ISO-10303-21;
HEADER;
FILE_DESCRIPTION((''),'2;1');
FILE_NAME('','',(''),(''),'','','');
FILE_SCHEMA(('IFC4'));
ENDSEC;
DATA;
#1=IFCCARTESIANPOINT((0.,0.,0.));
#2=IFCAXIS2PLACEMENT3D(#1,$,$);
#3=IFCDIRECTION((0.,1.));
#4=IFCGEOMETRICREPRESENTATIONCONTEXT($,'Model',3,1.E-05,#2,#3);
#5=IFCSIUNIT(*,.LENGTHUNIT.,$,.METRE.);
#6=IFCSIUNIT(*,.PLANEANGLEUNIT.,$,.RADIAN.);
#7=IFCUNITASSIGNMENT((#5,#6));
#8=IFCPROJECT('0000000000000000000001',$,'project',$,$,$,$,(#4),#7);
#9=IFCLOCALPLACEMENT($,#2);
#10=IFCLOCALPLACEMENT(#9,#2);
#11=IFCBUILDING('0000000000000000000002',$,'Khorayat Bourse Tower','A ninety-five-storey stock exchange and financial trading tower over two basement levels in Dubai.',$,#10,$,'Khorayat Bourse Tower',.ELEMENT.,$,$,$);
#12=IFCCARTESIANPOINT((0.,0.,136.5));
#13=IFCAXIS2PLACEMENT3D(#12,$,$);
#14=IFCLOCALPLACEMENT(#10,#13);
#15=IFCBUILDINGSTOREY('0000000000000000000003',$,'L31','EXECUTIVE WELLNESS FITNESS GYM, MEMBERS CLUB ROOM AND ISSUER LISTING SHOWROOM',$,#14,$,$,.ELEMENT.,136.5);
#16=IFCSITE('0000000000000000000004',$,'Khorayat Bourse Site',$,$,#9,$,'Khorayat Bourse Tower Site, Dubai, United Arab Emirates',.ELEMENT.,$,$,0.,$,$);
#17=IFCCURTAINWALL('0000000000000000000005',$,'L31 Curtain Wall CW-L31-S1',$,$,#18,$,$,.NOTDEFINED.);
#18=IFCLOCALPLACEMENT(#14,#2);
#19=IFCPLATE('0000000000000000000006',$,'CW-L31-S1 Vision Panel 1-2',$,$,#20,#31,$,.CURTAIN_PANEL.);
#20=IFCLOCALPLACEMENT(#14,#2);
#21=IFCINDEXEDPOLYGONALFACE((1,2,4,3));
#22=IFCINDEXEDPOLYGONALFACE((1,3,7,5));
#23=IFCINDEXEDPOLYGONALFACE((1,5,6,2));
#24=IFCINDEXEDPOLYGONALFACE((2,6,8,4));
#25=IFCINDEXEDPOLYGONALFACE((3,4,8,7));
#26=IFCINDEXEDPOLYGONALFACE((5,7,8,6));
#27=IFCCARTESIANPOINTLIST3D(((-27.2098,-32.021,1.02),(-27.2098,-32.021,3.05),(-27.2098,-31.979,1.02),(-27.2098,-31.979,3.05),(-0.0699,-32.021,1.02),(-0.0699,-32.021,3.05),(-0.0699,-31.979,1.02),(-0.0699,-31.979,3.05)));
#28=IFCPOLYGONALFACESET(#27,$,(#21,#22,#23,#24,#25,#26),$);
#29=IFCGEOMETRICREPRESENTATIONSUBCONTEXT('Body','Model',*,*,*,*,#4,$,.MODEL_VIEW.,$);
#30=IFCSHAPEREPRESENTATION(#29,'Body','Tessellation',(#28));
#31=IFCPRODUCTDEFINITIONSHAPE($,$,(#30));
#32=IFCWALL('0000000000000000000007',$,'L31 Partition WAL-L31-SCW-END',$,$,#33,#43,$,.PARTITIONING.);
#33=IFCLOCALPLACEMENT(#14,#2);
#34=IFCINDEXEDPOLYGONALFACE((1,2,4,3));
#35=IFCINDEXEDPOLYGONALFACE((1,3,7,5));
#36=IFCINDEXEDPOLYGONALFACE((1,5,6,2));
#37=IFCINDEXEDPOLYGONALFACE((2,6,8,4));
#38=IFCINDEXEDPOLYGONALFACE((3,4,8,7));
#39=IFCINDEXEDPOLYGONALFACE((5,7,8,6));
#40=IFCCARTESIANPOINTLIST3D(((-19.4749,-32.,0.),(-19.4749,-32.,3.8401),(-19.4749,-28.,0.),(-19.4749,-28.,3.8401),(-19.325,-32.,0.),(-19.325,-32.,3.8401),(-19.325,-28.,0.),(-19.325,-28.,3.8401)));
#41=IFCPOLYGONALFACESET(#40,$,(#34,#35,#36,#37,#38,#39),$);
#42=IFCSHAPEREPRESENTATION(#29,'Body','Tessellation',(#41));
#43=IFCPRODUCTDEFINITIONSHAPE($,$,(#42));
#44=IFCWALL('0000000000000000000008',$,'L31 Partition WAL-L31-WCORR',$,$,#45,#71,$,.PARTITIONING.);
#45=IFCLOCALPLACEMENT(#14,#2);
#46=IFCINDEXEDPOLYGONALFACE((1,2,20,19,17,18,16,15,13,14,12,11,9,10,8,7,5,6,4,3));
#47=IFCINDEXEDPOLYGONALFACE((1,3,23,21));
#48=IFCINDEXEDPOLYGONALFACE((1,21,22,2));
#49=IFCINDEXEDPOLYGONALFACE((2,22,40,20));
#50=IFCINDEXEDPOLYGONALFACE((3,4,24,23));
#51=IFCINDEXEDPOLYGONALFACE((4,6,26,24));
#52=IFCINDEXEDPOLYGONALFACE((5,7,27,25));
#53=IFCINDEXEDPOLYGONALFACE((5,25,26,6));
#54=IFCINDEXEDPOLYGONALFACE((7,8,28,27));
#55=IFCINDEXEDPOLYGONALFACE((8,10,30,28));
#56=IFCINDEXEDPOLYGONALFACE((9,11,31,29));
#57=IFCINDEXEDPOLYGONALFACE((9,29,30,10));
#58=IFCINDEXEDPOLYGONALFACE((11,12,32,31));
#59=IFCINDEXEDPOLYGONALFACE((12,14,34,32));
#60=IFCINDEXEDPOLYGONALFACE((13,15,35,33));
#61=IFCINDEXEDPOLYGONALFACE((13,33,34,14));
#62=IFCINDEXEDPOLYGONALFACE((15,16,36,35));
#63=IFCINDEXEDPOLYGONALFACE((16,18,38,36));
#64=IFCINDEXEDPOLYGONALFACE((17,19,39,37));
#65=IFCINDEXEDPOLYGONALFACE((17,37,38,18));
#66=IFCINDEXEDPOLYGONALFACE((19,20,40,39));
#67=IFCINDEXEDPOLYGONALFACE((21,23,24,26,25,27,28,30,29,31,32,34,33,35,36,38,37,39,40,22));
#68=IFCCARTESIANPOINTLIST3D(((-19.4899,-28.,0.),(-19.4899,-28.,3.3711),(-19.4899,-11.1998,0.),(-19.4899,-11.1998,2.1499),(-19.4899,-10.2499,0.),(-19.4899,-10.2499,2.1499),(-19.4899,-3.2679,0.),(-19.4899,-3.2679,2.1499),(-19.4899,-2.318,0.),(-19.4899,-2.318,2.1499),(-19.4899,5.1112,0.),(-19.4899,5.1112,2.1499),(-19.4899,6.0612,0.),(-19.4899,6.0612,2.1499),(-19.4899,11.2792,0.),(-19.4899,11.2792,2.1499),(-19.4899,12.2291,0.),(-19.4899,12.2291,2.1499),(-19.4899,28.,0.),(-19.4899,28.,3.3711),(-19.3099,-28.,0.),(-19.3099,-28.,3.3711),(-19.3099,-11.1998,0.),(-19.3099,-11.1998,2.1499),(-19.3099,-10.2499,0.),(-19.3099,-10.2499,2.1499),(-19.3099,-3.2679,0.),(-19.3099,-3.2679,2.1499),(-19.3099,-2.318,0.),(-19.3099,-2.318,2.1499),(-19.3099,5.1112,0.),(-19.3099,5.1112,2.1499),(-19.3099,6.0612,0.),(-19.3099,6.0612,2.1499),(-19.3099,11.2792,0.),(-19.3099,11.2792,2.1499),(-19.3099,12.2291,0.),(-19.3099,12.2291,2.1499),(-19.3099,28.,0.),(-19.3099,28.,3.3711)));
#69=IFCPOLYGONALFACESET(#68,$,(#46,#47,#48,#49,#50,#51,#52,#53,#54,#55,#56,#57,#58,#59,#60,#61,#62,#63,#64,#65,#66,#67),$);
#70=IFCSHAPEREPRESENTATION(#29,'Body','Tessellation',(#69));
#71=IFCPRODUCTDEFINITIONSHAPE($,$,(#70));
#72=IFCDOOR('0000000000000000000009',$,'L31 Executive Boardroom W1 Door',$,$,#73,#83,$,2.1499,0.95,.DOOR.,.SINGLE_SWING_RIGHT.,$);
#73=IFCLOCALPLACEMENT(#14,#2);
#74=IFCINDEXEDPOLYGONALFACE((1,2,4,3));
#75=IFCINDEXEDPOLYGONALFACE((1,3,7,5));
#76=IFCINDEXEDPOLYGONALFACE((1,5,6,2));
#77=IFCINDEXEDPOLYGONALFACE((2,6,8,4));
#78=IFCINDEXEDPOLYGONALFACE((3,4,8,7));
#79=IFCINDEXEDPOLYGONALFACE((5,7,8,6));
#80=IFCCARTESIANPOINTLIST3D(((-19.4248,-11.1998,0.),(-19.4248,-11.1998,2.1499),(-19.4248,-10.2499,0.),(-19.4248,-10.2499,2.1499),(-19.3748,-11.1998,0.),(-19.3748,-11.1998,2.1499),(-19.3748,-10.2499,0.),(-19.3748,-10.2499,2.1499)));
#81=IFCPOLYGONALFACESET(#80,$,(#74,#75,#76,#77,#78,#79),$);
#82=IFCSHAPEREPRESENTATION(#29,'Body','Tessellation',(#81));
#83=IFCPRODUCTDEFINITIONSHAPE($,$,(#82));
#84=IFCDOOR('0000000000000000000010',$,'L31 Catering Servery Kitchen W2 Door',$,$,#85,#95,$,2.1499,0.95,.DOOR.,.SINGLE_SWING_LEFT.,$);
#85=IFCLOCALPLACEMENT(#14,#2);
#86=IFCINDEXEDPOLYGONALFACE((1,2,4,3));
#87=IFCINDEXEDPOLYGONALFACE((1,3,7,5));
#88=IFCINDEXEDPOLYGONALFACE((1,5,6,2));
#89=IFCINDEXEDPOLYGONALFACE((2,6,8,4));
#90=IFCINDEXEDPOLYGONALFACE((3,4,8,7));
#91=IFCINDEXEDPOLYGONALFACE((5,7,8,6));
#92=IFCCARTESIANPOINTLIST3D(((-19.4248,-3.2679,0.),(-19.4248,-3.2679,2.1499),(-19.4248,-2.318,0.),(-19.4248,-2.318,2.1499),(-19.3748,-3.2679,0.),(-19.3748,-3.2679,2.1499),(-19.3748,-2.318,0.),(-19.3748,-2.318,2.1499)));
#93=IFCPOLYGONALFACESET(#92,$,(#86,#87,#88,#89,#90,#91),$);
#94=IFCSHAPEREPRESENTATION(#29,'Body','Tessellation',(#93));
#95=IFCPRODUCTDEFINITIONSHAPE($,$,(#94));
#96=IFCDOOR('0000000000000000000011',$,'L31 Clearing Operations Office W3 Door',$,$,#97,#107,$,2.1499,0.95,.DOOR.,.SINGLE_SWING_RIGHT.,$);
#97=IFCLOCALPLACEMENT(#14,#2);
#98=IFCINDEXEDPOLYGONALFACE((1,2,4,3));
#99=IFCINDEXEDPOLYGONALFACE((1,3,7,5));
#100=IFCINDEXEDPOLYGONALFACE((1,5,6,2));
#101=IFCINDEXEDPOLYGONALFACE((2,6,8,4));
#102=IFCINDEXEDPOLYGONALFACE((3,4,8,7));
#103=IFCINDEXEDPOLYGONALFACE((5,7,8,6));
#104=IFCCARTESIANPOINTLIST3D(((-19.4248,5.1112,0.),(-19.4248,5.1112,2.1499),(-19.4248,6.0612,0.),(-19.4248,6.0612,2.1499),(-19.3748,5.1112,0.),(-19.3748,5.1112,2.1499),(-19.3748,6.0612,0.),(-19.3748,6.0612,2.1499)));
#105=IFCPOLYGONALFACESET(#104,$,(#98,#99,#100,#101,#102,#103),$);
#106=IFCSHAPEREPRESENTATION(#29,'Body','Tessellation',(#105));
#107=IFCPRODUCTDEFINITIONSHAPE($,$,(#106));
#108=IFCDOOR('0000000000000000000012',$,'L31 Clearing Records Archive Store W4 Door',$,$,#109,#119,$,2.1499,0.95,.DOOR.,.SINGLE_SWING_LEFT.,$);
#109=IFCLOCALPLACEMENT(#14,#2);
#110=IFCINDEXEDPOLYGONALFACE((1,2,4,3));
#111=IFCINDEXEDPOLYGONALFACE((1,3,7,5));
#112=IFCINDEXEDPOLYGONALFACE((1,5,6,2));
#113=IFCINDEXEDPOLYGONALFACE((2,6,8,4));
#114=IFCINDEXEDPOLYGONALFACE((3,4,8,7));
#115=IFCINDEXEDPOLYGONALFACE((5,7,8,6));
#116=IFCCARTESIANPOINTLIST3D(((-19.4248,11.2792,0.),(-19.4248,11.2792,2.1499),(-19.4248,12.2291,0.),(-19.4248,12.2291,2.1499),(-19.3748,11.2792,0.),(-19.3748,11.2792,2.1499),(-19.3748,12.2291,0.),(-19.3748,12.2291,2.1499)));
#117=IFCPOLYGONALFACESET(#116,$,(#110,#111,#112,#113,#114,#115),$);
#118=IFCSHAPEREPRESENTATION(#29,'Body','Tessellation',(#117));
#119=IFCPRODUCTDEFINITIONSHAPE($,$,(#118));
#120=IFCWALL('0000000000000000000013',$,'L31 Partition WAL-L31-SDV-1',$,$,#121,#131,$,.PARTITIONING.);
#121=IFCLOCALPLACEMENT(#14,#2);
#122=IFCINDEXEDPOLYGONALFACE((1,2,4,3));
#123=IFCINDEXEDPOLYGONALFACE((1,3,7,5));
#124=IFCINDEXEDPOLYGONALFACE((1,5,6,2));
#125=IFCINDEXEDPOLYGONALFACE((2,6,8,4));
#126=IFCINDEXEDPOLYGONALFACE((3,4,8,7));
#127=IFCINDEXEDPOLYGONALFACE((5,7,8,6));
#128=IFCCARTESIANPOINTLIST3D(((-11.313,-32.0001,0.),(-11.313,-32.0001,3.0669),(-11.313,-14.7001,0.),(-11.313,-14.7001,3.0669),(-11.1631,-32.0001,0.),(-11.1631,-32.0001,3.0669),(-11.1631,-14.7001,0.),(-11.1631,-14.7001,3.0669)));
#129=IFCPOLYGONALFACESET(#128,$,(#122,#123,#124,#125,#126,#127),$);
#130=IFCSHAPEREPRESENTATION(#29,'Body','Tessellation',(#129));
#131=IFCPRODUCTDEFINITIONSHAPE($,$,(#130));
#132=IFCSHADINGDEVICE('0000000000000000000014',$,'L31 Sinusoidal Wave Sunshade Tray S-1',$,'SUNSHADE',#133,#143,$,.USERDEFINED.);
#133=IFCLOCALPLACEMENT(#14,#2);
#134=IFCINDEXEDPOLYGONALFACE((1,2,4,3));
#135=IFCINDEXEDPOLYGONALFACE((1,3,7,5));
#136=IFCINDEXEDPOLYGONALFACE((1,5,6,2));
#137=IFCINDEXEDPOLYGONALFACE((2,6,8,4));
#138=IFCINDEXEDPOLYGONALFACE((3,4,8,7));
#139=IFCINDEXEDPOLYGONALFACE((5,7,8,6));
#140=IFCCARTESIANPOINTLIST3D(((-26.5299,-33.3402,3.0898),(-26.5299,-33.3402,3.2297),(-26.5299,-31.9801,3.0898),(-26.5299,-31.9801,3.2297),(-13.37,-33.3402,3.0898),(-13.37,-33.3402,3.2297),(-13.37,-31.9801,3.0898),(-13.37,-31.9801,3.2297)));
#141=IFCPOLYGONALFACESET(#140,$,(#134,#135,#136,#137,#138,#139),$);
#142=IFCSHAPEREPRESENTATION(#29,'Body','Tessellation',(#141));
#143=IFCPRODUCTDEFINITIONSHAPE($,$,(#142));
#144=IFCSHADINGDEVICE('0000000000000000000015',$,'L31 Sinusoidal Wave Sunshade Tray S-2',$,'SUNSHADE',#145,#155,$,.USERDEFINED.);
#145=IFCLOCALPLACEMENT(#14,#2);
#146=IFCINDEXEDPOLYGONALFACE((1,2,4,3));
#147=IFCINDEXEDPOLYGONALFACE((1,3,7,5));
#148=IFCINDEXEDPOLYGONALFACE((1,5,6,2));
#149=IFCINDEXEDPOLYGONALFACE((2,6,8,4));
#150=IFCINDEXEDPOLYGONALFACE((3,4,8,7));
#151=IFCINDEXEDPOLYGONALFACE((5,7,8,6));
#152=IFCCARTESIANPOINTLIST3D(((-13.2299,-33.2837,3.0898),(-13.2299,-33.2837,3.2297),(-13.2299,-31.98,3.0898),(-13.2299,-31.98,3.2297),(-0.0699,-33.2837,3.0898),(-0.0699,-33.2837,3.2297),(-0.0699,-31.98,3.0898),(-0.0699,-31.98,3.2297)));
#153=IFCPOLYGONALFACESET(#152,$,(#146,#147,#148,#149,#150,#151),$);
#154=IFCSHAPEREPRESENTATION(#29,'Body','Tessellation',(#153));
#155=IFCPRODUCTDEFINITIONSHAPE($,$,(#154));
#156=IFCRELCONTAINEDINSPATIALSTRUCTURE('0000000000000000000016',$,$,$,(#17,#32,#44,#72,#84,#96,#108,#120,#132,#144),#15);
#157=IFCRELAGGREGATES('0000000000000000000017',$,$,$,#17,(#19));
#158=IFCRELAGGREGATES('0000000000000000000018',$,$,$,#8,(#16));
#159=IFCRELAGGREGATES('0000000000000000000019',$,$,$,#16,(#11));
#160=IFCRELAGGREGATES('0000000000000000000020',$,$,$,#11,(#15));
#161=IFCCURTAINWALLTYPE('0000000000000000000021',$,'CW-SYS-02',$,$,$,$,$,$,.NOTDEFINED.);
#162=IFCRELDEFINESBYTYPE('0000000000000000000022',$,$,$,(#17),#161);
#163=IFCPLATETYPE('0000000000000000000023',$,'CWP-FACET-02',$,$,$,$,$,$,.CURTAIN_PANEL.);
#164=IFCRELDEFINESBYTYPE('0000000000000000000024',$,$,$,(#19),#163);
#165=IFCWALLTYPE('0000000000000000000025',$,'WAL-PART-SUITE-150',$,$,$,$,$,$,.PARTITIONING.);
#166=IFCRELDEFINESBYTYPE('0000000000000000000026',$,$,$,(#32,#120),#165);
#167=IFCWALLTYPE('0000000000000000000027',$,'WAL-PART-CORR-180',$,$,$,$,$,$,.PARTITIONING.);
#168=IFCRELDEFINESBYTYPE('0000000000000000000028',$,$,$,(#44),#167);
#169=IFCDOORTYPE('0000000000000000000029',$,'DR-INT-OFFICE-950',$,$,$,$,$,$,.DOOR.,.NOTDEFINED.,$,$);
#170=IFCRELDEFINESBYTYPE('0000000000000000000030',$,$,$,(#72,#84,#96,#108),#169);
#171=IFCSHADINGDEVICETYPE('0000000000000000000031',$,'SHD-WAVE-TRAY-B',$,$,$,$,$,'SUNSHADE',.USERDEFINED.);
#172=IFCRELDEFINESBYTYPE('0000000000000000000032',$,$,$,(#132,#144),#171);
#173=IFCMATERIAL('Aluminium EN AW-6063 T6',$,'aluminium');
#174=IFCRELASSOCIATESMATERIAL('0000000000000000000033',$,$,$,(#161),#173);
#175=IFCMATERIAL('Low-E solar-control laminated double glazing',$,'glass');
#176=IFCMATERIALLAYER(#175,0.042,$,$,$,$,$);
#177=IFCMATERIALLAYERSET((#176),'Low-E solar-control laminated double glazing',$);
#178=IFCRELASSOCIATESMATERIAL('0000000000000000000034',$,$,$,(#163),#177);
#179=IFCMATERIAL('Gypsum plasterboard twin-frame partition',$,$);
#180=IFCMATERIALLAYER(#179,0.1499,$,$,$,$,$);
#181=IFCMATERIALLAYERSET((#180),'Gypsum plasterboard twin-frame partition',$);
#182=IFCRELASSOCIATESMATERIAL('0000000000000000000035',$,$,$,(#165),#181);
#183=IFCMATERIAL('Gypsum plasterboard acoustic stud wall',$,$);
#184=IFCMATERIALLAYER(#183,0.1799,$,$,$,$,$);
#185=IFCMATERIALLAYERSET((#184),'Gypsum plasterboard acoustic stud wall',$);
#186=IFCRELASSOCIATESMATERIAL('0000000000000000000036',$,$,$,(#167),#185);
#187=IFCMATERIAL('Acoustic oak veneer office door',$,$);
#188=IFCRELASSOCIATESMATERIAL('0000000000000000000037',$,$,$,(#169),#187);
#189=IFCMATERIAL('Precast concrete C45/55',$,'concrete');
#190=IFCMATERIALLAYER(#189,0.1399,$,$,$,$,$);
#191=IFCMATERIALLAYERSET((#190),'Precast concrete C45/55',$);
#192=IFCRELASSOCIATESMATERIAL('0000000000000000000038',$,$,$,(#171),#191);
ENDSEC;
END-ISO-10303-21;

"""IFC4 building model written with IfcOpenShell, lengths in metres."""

from ifc_helpers import new_model, si_unit, direction, frame, frame_2d, origin, origin_2d, place, context, subcontext, project, spatial, rectangle, extrude, source, transform, mapped, material, layer, layer_set, type_object, element, fill, aggregate, save


model = new_model("IFC4")

# Units and contexts
model_context = context("Model", 3, precision=1e-05, world=origin(), true_north=direction((0.0, 1.0)))
body_context = subcontext(model_context, "Body", "Model", "MODEL_VIEW")
ifc_project = project(units=[si_unit("LENGTHUNIT", "METRE"), si_unit("PLANEANGLEUNIT", "RADIAN")], contexts=[model_context])

# Site, building, storey
site_placement = place(None, origin())
site = spatial("IfcSite", under=ifc_project, at=site_placement, Name="Khorayat Bourse Site", LongName="Khorayat Bourse Tower Site, Dubai, United Arab Emirates", CompositionType="ELEMENT", RefElevation=0.0)
building_placement = place(site_placement, origin())
building = spatial("IfcBuilding", under=site, at=building_placement, Name="Khorayat Bourse Tower", Description="A ninety-five-storey stock exchange and financial trading tower over two basement levels in Dubai.", LongName="Khorayat Bourse Tower", CompositionType="ELEMENT")
storey_placement = place(building_placement, frame((0.0, 0.0, 136.5)))
storey = spatial("IfcBuildingStorey", under=building, at=storey_placement, Name="L31", Description="EXECUTIVE WELLNESS FITNESS GYM, MEMBERS CLUB ROOM AND ISSUER LISTING SHOWROOM", CompositionType="ELEMENT", Elevation=136.5)

# Curtain wall
ifc_material_1 = material(Name="Aluminium EN AW-6063 T6", Category="aluminium")
curtain_wall_type = type_object("IfcCurtainWallType", Name="CW-SYS-02", PredefinedType="NOTDEFINED", material=ifc_material_1)
curtain_wall_placement = place(storey_placement, origin())
curtain_wall = element("IfcCurtainWall", 1, at=curtain_wall_placement, inside=storey, type_object=curtain_wall_type, Name="L31 Curtain Wall CW-L31-S1", PredefinedType="NOTDEFINED")

# Plate
ifc_material_2 = material(Name="Low-E solar-control laminated double glazing", Category="glass")
ifc_layer_1 = layer(ifc_material_2, 0.042)
ifc_layer_set_1 = layer_set([ifc_layer_1], Name="Low-E solar-control laminated double glazing")
plate_type_1 = type_object("IfcPlateType", Name="CWP-FACET-02", PredefinedType="CURTAIN_PANEL", material=ifc_layer_set_1)
shared_shape_1 = source(origin(), body_context, "Body", "SweptSolid", [
    extrude(rectangle(XDim=27.1399, YDim=0.042, at=origin_2d()), origin(), (0.0, 0.0, 1.0), 2.03),
])
plate_1_placement = place(storey_placement, frame((-13.6399, -32.0, 1.02), z_axis=(0.0, 0.0, 1.0), x_axis=(1.0, 0.0, 0.0)))
plate_1 = element("IfcPlate", 2, at=plate_1_placement, type_object=plate_type_1, Name="CW-L31-S1 Vision Panel 1-2", PredefinedType="CURTAIN_PANEL", context=body_context, shape_type="MappedRepresentation", body=[
    mapped(shared_shape_1, transform((0.0, 0.0, 0.0), scale=1.0)),
])
aggregate(curtain_wall, [plate_1])

# Wall
ifc_material_3 = material(Name="Gypsum plasterboard twin-frame partition")
ifc_layer_2 = layer(ifc_material_3, 0.1499)
ifc_layer_set_2 = layer_set([ifc_layer_2], Name="Gypsum plasterboard twin-frame partition")
wall_type_1 = type_object("IfcWallType", Name="WAL-PART-SUITE-150", PredefinedType="PARTITIONING", material=ifc_layer_set_2)
shared_shape_2 = source(origin(), body_context, "Body", "SweptSolid", [
    extrude(rectangle(XDim=4.0, YDim=0.1499, at=frame_2d((2.0, 0.0))), origin(), (0.0, 0.0, 1.0), 3.8401),
])
wall_1_placement = place(storey_placement, frame((-19.3999, -32.0, 0.0), z_axis=(0.0, 0.0, 1.0), x_axis=(0.0, 1.0, 0.0)))
element("IfcWall", 3, at=wall_1_placement, inside=storey, type_object=wall_type_1, Name="L31 Partition WAL-L31-SCW-END", PredefinedType="PARTITIONING", context=body_context, shape_type="MappedRepresentation", body=[
    mapped(shared_shape_2, transform((0.0, 0.0, 0.0), scale=1.0)),
])

# Wall, openings, doors
ifc_material_4 = material(Name="Gypsum plasterboard acoustic stud wall")
ifc_layer_3 = layer(ifc_material_4, 0.1799)
ifc_layer_set_3 = layer_set([ifc_layer_3], Name="Gypsum plasterboard acoustic stud wall")
wall_type_2 = type_object("IfcWallType", Name="WAL-PART-CORR-180", PredefinedType="PARTITIONING", material=ifc_layer_set_3)
shared_shape_3 = source(origin(), body_context, "Body", "SweptSolid", [
    extrude(rectangle(XDim=56.0, YDim=0.1799, at=frame_2d((28.0, 0.0))), origin(), (0.0, 0.0, 1.0), 3.3711),
])
wall_2_placement = place(storey_placement, frame((-19.3999, -28.0, 0.0), z_axis=(0.0, 0.0, 1.0), x_axis=(0.0, 1.0, 0.0)))
wall_2 = element("IfcWall", 4, at=wall_2_placement, inside=storey, type_object=wall_type_2, Name="L31 Partition WAL-L31-WCORR", PredefinedType="PARTITIONING", context=body_context, shape_type="MappedRepresentation", body=[
    mapped(shared_shape_3, transform((0.0, 0.0, 0.0), scale=1.0)),
])
shared_shape_4 = source(origin(), body_context, "Body", "SweptSolid", [
    extrude(rectangle(XDim=0.95, YDim=2.1499, at=frame_2d((0.4751, 1.075))), frame((0.0, 0.0999, 0.0), z_axis=(0.0, -1.0, 0.0), x_axis=(1.0, 0.0, 0.0)), (0.0, 0.0, 1.0), 0.2),
])
opening_1_placement = place(wall_2_placement, frame((16.8, 0.0, 0.0)))
opening_1 = element("IfcOpeningElement", 5, at=opening_1_placement, cuts=wall_2, PredefinedType="OPENING", context=body_context, shape_type="MappedRepresentation", body=[
    mapped(shared_shape_4, transform((0.0, 0.0, 0.0), scale=1.0)),
])
opening_2_placement = place(wall_2_placement, frame((24.7319, 0.0, 0.0)))
opening_2 = element("IfcOpeningElement", 6, at=opening_2_placement, cuts=wall_2, PredefinedType="OPENING", context=body_context, shape_type="MappedRepresentation", body=[
    mapped(shared_shape_4, transform((0.0, 0.0, 0.0), scale=1.0)),
])
opening_3_placement = place(wall_2_placement, frame((33.1111, 0.0, 0.0)))
opening_3 = element("IfcOpeningElement", 7, at=opening_3_placement, cuts=wall_2, PredefinedType="OPENING", context=body_context, shape_type="MappedRepresentation", body=[
    mapped(shared_shape_4, transform((0.0, 0.0, 0.0), scale=1.0)),
])
opening_4_placement = place(wall_2_placement, frame((39.2791, 0.0, 0.0)))
opening_4 = element("IfcOpeningElement", 8, at=opening_4_placement, cuts=wall_2, PredefinedType="OPENING", context=body_context, shape_type="MappedRepresentation", body=[
    mapped(shared_shape_4, transform((0.0, 0.0, 0.0), scale=1.0)),
])
ifc_material_5 = material(Name="Acoustic oak veneer office door")
door_type = type_object("IfcDoorType", Name="DR-INT-OFFICE-950", OperationType="NOTDEFINED", PredefinedType="DOOR", material=ifc_material_5)
shared_shape_5 = source(origin(), body_context, "Body", "SweptSolid", [
    extrude(rectangle(XDim=0.95, YDim=2.1499, at=frame_2d((0.4751, 1.075))), frame((0.0, 0.0249, 0.0), z_axis=(0.0, -1.0, 0.0), x_axis=(1.0, 0.0, 0.0)), (0.0, 0.0, 1.0), 0.05),
])
door_1_placement = place(opening_1_placement, origin())
door_1 = element("IfcDoor", 9, at=door_1_placement, inside=storey, type_object=door_type, Name="L31 Executive Boardroom W1 Door", OperationType="SINGLE_SWING_RIGHT", OverallHeight=2.1499, OverallWidth=0.95, PredefinedType="DOOR", context=body_context, shape_type="MappedRepresentation", body=[
    mapped(shared_shape_5, transform((0.0, 0.0, 0.0), scale=1.0)),
])
fill(opening_1, door_1)
door_2_placement = place(opening_2_placement, origin())
door_2 = element("IfcDoor", 10, at=door_2_placement, inside=storey, type_object=door_type, Name="L31 Catering Servery Kitchen W2 Door", OperationType="SINGLE_SWING_LEFT", OverallHeight=2.1499, OverallWidth=0.95, PredefinedType="DOOR", context=body_context, shape_type="MappedRepresentation", body=[
    mapped(shared_shape_5, transform((0.0, 0.0, 0.0), scale=1.0)),
])
fill(opening_2, door_2)
door_3_placement = place(opening_3_placement, origin())
door_3 = element("IfcDoor", 11, at=door_3_placement, inside=storey, type_object=door_type, Name="L31 Clearing Operations Office W3 Door", OperationType="SINGLE_SWING_RIGHT", OverallHeight=2.1499, OverallWidth=0.95, PredefinedType="DOOR", context=body_context, shape_type="MappedRepresentation", body=[
    mapped(shared_shape_5, transform((0.0, 0.0, 0.0), scale=1.0)),
])
fill(opening_3, door_3)
door_4_placement = place(opening_4_placement, origin())
door_4 = element("IfcDoor", 12, at=door_4_placement, inside=storey, type_object=door_type, Name="L31 Clearing Records Archive Store W4 Door", OperationType="SINGLE_SWING_LEFT", OverallHeight=2.1499, OverallWidth=0.95, PredefinedType="DOOR", context=body_context, shape_type="MappedRepresentation", body=[
    mapped(shared_shape_5, transform((0.0, 0.0, 0.0), scale=1.0)),
])
fill(opening_4, door_4)

# Wall
shared_shape_6 = source(origin(), body_context, "Body", "SweptSolid", [
    extrude(rectangle(XDim=17.3, YDim=0.1499, at=frame_2d((8.6499, 0.0))), origin(), (0.0, 0.0, 1.0), 3.0669),
])
wall_3_placement = place(storey_placement, frame((-11.238, -32.0, 0.0), z_axis=(0.0, 0.0, 1.0), x_axis=(0.0, 1.0, 0.0)))
element("IfcWall", 13, at=wall_3_placement, inside=storey, type_object=wall_type_1, Name="L31 Partition WAL-L31-SDV-1", PredefinedType="PARTITIONING", context=body_context, shape_type="MappedRepresentation", body=[
    mapped(shared_shape_6, transform((0.0, 0.0, 0.0), scale=1.0)),
])

# Shading devices
ifc_material_6 = material(Name="Precast concrete C45/55", Category="concrete")
ifc_layer_4 = layer(ifc_material_6, 0.1399)
ifc_layer_set_4 = layer_set([ifc_layer_4], Name="Precast concrete C45/55")
shading_device_type = type_object("IfcShadingDeviceType", Name="SHD-WAVE-TRAY-B", ElementType="SUNSHADE", PredefinedType="USERDEFINED", material=ifc_layer_set_4)
shared_shape_7 = source(origin(), body_context, "Body", "SweptSolid", [
    extrude(rectangle(XDim=13.1599, YDim=1.3601, at=origin_2d()), origin(), (0.0, 0.0, 1.0), 0.1399),
])
shading_device_1_placement = place(storey_placement, frame((-19.95, -32.6602, 3.0898), z_axis=(0.0, 0.0, 1.0), x_axis=(1.0, 0.0, 0.0)))
element("IfcShadingDevice", 14, at=shading_device_1_placement, inside=storey, type_object=shading_device_type, Name="L31 Sinusoidal Wave Sunshade Tray S-1", ObjectType="SUNSHADE", PredefinedType="USERDEFINED", context=body_context, shape_type="MappedRepresentation", body=[
    mapped(shared_shape_7, transform((0.0, 0.0, 0.0), scale=1.0)),
])
shared_shape_8 = source(origin(), body_context, "Body", "SweptSolid", [
    extrude(rectangle(XDim=13.1599, YDim=1.3037, at=origin_2d()), origin(), (0.0, 0.0, 1.0), 0.1399),
])
shading_device_2_placement = place(storey_placement, frame((-6.6499, -32.6318, 3.0898), z_axis=(0.0, 0.0, 1.0), x_axis=(1.0, 0.0, 0.0)))
element("IfcShadingDevice", 15, at=shading_device_2_placement, inside=storey, type_object=shading_device_type, Name="L31 Sinusoidal Wave Sunshade Tray S-2", ObjectType="SUNSHADE", PredefinedType="USERDEFINED", context=body_context, shape_type="MappedRepresentation", body=[
    mapped(shared_shape_8, transform((0.0, 0.0, 0.0), scale=1.0)),
])

save(model, "model.ifc")
